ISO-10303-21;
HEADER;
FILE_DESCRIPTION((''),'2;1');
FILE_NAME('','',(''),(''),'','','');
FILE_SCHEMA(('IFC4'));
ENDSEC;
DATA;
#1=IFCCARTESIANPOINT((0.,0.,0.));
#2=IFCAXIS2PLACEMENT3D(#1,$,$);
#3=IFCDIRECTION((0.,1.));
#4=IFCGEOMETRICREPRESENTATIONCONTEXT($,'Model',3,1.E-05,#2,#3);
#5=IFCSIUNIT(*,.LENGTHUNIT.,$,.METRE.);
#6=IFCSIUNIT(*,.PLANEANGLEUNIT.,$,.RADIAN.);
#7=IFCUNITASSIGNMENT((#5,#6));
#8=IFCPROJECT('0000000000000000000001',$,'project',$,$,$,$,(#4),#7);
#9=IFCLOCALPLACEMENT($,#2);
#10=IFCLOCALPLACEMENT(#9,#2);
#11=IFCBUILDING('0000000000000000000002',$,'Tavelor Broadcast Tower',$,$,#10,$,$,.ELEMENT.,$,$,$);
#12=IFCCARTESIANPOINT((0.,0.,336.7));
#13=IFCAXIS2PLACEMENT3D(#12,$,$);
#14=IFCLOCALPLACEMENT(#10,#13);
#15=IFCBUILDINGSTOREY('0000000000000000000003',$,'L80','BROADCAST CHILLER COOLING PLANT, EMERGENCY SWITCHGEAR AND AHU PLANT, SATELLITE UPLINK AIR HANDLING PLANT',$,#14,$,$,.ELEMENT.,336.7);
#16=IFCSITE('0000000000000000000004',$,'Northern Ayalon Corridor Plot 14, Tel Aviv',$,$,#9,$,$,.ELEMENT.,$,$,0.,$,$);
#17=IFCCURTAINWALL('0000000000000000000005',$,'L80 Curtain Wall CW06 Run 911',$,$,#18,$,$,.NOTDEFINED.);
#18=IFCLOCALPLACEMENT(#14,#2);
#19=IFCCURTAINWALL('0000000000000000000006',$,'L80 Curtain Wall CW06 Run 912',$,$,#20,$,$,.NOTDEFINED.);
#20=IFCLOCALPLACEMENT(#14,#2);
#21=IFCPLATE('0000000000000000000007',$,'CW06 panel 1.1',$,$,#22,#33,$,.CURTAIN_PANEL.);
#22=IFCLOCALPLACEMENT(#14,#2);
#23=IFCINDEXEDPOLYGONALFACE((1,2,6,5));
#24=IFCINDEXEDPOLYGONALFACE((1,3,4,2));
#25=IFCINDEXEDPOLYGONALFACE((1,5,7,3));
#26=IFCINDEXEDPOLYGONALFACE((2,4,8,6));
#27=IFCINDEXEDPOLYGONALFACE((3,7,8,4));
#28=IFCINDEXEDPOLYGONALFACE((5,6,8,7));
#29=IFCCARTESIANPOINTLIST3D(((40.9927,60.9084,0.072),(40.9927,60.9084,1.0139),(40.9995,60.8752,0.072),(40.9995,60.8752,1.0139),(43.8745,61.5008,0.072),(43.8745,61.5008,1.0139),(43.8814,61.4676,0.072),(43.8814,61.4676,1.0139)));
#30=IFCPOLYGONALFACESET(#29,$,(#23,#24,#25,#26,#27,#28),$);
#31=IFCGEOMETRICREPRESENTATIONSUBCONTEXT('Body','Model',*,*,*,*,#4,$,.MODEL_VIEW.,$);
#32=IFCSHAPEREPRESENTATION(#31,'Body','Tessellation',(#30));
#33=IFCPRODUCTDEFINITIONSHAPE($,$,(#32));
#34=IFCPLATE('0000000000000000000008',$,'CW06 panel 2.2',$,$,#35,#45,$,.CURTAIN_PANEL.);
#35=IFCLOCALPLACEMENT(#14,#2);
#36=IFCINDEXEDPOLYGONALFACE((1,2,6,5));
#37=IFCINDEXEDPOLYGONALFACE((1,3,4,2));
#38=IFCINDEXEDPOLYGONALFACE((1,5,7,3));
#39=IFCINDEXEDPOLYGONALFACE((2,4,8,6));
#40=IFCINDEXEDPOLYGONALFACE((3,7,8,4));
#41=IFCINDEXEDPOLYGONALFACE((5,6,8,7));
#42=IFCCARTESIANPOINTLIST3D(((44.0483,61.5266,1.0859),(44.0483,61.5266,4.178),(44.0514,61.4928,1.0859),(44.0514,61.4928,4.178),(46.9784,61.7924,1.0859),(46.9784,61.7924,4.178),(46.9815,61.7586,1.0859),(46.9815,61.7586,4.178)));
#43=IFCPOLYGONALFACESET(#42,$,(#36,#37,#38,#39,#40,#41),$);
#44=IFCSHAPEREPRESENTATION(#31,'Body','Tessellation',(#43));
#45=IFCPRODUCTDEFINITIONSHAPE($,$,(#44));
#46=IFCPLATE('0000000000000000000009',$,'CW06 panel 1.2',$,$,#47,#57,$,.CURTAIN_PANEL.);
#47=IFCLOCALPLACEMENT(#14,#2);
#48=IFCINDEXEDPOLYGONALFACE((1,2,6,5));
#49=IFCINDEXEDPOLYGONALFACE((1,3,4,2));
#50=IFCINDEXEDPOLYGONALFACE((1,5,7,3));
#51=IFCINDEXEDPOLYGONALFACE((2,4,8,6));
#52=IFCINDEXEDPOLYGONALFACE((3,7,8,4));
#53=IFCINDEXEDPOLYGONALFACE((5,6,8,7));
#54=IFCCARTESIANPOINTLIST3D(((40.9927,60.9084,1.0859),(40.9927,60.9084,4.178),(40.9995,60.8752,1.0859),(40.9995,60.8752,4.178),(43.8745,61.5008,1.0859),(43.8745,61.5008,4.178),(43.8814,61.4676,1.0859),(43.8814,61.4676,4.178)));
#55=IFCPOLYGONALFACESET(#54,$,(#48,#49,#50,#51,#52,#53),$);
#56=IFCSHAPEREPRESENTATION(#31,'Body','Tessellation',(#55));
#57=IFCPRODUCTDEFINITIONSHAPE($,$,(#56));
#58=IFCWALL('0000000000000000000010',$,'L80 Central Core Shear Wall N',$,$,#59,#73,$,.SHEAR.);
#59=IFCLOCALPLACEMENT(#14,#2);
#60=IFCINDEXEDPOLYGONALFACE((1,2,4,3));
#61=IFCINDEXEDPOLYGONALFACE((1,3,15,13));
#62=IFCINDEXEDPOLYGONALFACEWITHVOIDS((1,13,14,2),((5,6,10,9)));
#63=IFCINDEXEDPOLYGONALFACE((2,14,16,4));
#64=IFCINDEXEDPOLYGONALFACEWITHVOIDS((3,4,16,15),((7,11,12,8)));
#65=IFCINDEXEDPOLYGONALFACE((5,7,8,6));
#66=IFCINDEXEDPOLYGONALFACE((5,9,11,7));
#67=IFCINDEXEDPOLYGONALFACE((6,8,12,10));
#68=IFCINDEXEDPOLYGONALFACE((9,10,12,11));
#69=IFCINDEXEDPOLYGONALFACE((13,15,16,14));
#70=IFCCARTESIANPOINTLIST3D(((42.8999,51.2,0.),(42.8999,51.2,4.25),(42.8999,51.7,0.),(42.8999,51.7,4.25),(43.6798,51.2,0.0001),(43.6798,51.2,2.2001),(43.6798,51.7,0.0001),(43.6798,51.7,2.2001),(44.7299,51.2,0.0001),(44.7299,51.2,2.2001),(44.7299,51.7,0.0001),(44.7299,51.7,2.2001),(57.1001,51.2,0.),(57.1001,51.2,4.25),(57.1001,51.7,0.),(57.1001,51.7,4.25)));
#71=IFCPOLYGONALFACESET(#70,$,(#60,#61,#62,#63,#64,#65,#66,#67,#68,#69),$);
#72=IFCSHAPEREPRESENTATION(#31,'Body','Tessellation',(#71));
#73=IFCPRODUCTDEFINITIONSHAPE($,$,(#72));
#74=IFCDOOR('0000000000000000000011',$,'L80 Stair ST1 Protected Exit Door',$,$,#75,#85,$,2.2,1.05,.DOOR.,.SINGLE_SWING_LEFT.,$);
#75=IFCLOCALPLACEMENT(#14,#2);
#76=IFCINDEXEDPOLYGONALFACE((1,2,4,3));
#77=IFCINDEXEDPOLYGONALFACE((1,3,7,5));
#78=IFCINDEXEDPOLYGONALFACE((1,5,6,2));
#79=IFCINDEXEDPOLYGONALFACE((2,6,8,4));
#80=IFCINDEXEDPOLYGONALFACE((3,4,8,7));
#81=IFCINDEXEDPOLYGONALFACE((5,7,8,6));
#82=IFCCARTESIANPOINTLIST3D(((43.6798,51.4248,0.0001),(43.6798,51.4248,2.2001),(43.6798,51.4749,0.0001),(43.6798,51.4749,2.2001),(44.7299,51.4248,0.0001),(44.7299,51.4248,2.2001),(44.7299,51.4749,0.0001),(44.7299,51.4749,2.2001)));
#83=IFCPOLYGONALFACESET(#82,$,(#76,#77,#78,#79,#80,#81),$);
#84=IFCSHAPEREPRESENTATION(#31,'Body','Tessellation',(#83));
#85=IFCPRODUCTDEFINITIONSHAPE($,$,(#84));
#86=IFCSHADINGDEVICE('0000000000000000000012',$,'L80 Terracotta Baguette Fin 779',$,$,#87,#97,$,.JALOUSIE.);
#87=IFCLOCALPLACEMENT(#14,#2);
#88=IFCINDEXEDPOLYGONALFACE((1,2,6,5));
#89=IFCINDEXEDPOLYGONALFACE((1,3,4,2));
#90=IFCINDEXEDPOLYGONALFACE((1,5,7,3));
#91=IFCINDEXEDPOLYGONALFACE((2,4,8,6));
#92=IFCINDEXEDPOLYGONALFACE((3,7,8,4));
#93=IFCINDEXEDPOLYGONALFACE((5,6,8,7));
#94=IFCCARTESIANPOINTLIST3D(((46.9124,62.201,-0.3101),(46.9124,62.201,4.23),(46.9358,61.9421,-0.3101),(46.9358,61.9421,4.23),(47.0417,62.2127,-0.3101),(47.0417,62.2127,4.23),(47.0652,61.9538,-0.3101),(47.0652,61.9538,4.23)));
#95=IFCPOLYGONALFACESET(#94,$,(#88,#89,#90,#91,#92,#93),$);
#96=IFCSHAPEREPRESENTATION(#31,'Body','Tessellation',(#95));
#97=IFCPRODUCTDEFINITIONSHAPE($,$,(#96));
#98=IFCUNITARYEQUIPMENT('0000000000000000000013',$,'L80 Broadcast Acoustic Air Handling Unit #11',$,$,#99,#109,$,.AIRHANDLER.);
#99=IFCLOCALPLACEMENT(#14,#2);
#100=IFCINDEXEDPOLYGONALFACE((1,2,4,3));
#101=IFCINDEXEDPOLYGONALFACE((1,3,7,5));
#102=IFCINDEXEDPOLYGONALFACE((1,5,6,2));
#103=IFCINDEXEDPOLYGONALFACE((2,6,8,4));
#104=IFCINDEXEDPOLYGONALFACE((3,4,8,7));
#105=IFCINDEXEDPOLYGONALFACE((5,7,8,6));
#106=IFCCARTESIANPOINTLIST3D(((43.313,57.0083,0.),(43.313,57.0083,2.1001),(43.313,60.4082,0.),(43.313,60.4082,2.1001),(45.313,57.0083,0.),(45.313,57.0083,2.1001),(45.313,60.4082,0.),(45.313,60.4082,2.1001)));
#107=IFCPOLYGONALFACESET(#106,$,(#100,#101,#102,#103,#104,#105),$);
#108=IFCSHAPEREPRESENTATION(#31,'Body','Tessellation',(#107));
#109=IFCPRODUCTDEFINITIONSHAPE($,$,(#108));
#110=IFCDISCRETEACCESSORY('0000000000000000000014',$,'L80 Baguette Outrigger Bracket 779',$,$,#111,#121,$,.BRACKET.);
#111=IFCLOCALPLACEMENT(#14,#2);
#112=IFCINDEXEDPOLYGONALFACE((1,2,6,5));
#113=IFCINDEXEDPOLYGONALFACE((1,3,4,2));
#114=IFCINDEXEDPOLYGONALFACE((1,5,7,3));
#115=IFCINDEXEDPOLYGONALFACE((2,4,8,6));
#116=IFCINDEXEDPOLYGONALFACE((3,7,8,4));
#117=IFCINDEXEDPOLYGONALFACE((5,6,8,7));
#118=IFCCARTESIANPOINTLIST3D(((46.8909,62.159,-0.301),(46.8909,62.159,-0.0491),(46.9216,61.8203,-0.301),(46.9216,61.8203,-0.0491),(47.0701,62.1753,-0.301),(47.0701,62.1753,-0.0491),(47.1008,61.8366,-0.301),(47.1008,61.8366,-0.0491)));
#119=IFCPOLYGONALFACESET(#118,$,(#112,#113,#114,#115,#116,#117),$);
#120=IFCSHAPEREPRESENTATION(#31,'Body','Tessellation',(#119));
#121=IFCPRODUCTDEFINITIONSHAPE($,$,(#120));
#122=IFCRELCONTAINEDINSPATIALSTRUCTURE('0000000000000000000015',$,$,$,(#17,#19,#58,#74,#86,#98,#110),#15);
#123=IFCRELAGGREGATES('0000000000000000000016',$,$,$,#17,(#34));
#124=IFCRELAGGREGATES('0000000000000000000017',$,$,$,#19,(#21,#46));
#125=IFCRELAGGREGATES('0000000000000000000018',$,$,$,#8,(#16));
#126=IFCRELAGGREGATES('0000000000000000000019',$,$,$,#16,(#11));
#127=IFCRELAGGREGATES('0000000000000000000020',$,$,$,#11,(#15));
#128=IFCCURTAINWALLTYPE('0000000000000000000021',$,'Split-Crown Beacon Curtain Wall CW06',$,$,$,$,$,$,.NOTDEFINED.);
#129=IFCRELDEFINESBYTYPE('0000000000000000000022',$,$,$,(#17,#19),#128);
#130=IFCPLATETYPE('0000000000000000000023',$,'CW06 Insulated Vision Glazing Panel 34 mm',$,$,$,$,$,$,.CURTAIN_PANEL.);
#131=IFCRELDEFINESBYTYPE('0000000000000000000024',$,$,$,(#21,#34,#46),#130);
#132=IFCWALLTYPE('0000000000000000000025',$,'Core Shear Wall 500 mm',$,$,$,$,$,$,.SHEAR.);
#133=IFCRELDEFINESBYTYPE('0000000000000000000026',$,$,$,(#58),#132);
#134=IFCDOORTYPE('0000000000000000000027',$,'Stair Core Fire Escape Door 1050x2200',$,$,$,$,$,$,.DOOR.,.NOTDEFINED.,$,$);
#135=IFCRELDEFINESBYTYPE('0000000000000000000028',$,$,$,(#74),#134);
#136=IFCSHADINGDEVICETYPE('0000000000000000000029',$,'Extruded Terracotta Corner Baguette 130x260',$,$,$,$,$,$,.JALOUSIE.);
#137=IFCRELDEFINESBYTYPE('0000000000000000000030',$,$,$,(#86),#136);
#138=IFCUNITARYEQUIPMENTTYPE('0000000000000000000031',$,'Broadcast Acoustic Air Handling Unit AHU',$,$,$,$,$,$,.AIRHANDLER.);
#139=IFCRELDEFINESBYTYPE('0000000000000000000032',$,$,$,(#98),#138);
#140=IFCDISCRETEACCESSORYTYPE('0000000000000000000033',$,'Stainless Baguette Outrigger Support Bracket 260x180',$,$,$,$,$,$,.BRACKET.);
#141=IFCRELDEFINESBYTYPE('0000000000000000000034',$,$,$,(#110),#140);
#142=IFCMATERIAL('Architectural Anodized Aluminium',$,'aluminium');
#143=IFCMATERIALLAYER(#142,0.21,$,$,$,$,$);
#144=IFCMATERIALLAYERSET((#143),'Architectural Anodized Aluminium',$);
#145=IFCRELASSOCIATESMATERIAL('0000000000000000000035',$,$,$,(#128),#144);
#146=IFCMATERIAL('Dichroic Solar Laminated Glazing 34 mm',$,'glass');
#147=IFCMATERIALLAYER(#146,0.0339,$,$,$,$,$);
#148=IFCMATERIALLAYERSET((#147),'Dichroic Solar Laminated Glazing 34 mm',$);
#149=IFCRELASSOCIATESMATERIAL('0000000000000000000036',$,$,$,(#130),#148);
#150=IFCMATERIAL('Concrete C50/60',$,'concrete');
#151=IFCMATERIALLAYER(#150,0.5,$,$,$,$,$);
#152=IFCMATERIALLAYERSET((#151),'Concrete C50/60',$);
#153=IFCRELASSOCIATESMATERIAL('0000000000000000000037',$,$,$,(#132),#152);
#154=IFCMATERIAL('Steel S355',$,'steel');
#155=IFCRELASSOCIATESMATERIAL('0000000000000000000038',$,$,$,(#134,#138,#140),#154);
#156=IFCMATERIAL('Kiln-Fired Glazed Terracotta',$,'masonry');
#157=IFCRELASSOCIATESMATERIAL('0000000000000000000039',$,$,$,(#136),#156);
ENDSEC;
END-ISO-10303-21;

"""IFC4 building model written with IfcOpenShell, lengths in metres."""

from ifc_helpers import new_model, si_unit, direction, frame, frame_2d, origin, origin_2d, place, context, subcontext, project, spatial, rectangle, extrude, source, transform, mapped, material, layer, layer_set, type_object, type_shapes, element, fill, aggregate, save


model = new_model("IFC4")

# Units and contexts
model_context = context("Model", 3, precision=1e-05, world=origin(), true_north=direction((0.0, 1.0)))
body_context = subcontext(model_context, "Body", "Model", "MODEL_VIEW")
ifc_project = project(units=[si_unit("LENGTHUNIT", "METRE"), si_unit("PLANEANGLEUNIT", "RADIAN")], contexts=[model_context])

# Site, building, storey
site_placement = place(None, origin())
site = spatial("IfcSite", under=ifc_project, at=site_placement, Name="Northern Ayalon Corridor Plot 14, Tel Aviv", CompositionType="ELEMENT", RefElevation=0.0)
building_placement = place(site_placement, origin())
building = spatial("IfcBuilding", under=site, at=building_placement, Name="Tavelor Broadcast Tower", CompositionType="ELEMENT")
storey_placement = place(building_placement, frame((0.0, 0.0, 336.7)))
storey = spatial("IfcBuildingStorey", under=building, at=storey_placement, Name="L80", Description="BROADCAST CHILLER COOLING PLANT, EMERGENCY SWITCHGEAR AND AHU PLANT, SATELLITE UPLINK AIR HANDLING PLANT", CompositionType="ELEMENT", Elevation=336.7)

# Shared definitions
ifc_material_1 = material(Name="Steel S355", Category="steel")

# Curtain walls
ifc_material_2 = material(Name="Architectural Anodized Aluminium", Category="aluminium")
ifc_layer_1 = layer(ifc_material_2, 0.21)
ifc_layer_set_1 = layer_set([ifc_layer_1], Name="Architectural Anodized Aluminium")
curtain_wall_type = type_object("IfcCurtainWallType", Name="Split-Crown Beacon Curtain Wall CW06", PredefinedType="NOTDEFINED", material=ifc_layer_set_1)
curtain_wall_1_placement = place(storey_placement, origin())
curtain_wall_1 = element("IfcCurtainWall", 1, at=curtain_wall_1_placement, inside=storey, type_object=curtain_wall_type, Name="L80 Curtain Wall CW06 Run 911", PredefinedType="NOTDEFINED")
curtain_wall_2_placement = place(storey_placement, origin())
curtain_wall_2 = element("IfcCurtainWall", 2, at=curtain_wall_2_placement, inside=storey, type_object=curtain_wall_type, Name="L80 Curtain Wall CW06 Run 912", PredefinedType="NOTDEFINED")

# Plates
ifc_material_3 = material(Name="Dichroic Solar Laminated Glazing 34 mm", Category="glass")
ifc_layer_2 = layer(ifc_material_3, 0.0339)
ifc_layer_set_2 = layer_set([ifc_layer_2], Name="Dichroic Solar Laminated Glazing 34 mm")
plate_type_1 = type_object("IfcPlateType", Name="CW06 Insulated Vision Glazing Panel 34 mm", PredefinedType="CURTAIN_PANEL", material=ifc_layer_set_2)
shared_shape_1 = source(origin(), body_context, "Body", "SweptSolid", [
    extrude(rectangle(XDim=2.9421, YDim=0.0339, at=origin_2d()), origin(), (0.0, 0.0, 1.0), 0.9419),
])
plate_1_placement = place(storey_placement, frame((42.437, 61.188, 0.072), z_axis=(0.0, 0.0, 1.0), x_axis=(-0.979519, -0.201353, 0.0)))
plate_1 = element("IfcPlate", 3, at=plate_1_placement, type_object=plate_type_1, Name="CW06 panel 1.1", PredefinedType="CURTAIN_PANEL", context=body_context, shape_type="MappedRepresentation", body=[
    mapped(shared_shape_1, transform((0.0, 0.0, 0.0), scale=1.0)),
])
shared_shape_2 = source(origin(), body_context, "Body", "SweptSolid", [
    extrude(rectangle(XDim=2.9421, YDim=0.0339, at=origin_2d()), origin(), (0.0, 0.0, 1.0), 3.092),
])
type_shapes(plate_type_1, [shared_shape_1, shared_shape_2])
plate_2_placement = place(storey_placement, frame((45.5149, 61.6426, 1.0859), z_axis=(0.0, 0.0, 1.0), x_axis=(-0.99591, -0.090355, 0.0)))
plate_2 = element("IfcPlate", 4, at=plate_2_placement, type_object=plate_type_1, Name="CW06 panel 2.2", PredefinedType="CURTAIN_PANEL", context=body_context, shape_type="MappedRepresentation", body=[
    mapped(shared_shape_2, transform((0.0, 0.0, 0.0), scale=1.0)),
])
aggregate(curtain_wall_1, [plate_2])
plate_3_placement = place(storey_placement, frame((42.437, 61.188, 1.0859), z_axis=(0.0, 0.0, 1.0), x_axis=(-0.979519, -0.201353, 0.0)))
plate_3 = element("IfcPlate", 5, at=plate_3_placement, type_object=plate_type_1, Name="CW06 panel 1.2", PredefinedType="CURTAIN_PANEL", context=body_context, shape_type="MappedRepresentation", body=[
    mapped(shared_shape_2, transform((0.0, 0.0, 0.0), scale=1.0)),
])
aggregate(curtain_wall_2, [plate_1, plate_3])

# Wall, opening, door
ifc_material_4 = material(Name="Concrete C50/60", Category="concrete")
ifc_layer_3 = layer(ifc_material_4, 0.5)
ifc_layer_set_3 = layer_set([ifc_layer_3], Name="Concrete C50/60")
wall_type = type_object("IfcWallType", Name="Core Shear Wall 500 mm", PredefinedType="SHEAR", material=ifc_layer_set_3)
wall_placement = place(storey_placement, frame((42.8999, 51.45, 0.0), z_axis=(0.0, 0.0, 1.0), x_axis=(1.0, 0.0, 0.0)))
wall = element("IfcWall", 6, at=wall_placement, inside=storey, type_object=wall_type, Name="L80 Central Core Shear Wall N", PredefinedType="SHEAR", context=body_context, shape_type="SweptSolid", body=[
    extrude(rectangle(XDim=14.2002, YDim=0.5, at=frame_2d((7.1001, 0.0))), origin(), (0.0, 0.0, 1.0), 4.25),
])
opening_placement = place(wall_placement, frame((0.78, 0.0, 0.0)))
opening = element("IfcOpeningElement", 7, at=opening_placement, cuts=wall, PredefinedType="OPENING", context=body_context, shape_type="SweptSolid", body=[
    extrude(rectangle(XDim=1.05, YDim=2.2, at=frame_2d((0.5249, 1.1001))), frame((0.0, 0.26, 0.0), z_axis=(0.0, -1.0, 0.0), x_axis=(1.0, 0.0, 0.0)), (0.0, 0.0, 1.0), 0.52),
])
door_type = type_object("IfcDoorType", Name="Stair Core Fire Escape Door 1050x2200", OperationType="NOTDEFINED", PredefinedType="DOOR", material=ifc_material_1)
door_placement = place(opening_placement, origin())
door = element("IfcDoor", 8, at=door_placement, inside=storey, type_object=door_type, Name="L80 Stair ST1 Protected Exit Door", OperationType="SINGLE_SWING_LEFT", OverallHeight=2.2, OverallWidth=1.05, PredefinedType="DOOR", context=body_context, shape_type="SweptSolid", body=[
    extrude(rectangle(XDim=1.05, YDim=2.2, at=frame_2d((0.5249, 1.1001))), frame((0.0, 0.0249, 0.0), z_axis=(0.0, -1.0, 0.0), x_axis=(1.0, 0.0, 0.0)), (0.0, 0.0, 1.0), 0.05),
])
fill(opening, door)

# Shading device
ifc_material_5 = material(Name="Kiln-Fired Glazed Terracotta", Category="masonry")
shading_device_type = type_object("IfcShadingDeviceType", Name="Extruded Terracotta Corner Baguette 130x260", PredefinedType="JALOUSIE", material=ifc_material_5)
shared_shape_3 = source(origin(), body_context, "Body", "SweptSolid", [
    extrude(rectangle(XDim=0.1299, YDim=0.26, at=origin_2d()), origin(), (0.0, 0.0, 1.0), 4.54),
])
type_shapes(shading_device_type, [shared_shape_3])
shading_device_placement = place(storey_placement, frame((46.9888, 62.0774, -0.3101), z_axis=(0.0, 0.0, 1.0), x_axis=(-0.995916, -0.090285, 0.0)))
element("IfcShadingDevice", 9, at=shading_device_placement, inside=storey, type_object=shading_device_type, Name="L80 Terracotta Baguette Fin 779", PredefinedType="JALOUSIE", context=body_context, shape_type="MappedRepresentation", body=[
    mapped(shared_shape_3, transform((0.0, 0.0, 0.0), scale=1.0)),
])

# Unitary equipment
unitary_equipment_type = type_object("IfcUnitaryEquipmentType", Name="Broadcast Acoustic Air Handling Unit AHU", PredefinedType="AIRHANDLER", material=ifc_material_1)
unitary_equipment_placement = place(storey_placement, frame((44.313, 58.7083, 0.0), z_axis=(0.0, 0.0, 1.0), x_axis=(1.0, 0.0, 0.0)))
element("IfcUnitaryEquipment", 10, at=unitary_equipment_placement, inside=storey, type_object=unitary_equipment_type, Name="L80 Broadcast Acoustic Air Handling Unit #11", PredefinedType="AIRHANDLER", context=body_context, shape_type="SweptSolid", body=[
    extrude(rectangle(XDim=2.0, YDim=3.3999, at=origin_2d()), origin(), (0.0, 0.0, 1.0), 2.1001),
])

# Discrete accessory
discrete_accessory_type = type_object("IfcDiscreteAccessoryType", Name="Stainless Baguette Outrigger Support Bracket 260x180", PredefinedType="BRACKET", material=ifc_material_1)
shared_shape_4 = source(origin(), body_context, "Body", "SweptSolid", [
    extrude(rectangle(XDim=0.1799, YDim=0.3401, at=origin_2d()), origin(), (0.0, 0.0, 1.0), 0.252),
])
type_shapes(discrete_accessory_type, [shared_shape_4])
discrete_accessory_placement = place(storey_placement, frame((46.9958, 61.9978, -0.301), z_axis=(0.0, 0.0, 1.0), x_axis=(-0.995916, -0.090285, 0.0)))
element("IfcDiscreteAccessory", 11, at=discrete_accessory_placement, inside=storey, type_object=discrete_accessory_type, Name="L80 Baguette Outrigger Bracket 779", PredefinedType="BRACKET", context=body_context, shape_type="MappedRepresentation", body=[
    mapped(shared_shape_4, transform((0.0, 0.0, 0.0), scale=1.0)),
])

save(model, "model.ifc")
